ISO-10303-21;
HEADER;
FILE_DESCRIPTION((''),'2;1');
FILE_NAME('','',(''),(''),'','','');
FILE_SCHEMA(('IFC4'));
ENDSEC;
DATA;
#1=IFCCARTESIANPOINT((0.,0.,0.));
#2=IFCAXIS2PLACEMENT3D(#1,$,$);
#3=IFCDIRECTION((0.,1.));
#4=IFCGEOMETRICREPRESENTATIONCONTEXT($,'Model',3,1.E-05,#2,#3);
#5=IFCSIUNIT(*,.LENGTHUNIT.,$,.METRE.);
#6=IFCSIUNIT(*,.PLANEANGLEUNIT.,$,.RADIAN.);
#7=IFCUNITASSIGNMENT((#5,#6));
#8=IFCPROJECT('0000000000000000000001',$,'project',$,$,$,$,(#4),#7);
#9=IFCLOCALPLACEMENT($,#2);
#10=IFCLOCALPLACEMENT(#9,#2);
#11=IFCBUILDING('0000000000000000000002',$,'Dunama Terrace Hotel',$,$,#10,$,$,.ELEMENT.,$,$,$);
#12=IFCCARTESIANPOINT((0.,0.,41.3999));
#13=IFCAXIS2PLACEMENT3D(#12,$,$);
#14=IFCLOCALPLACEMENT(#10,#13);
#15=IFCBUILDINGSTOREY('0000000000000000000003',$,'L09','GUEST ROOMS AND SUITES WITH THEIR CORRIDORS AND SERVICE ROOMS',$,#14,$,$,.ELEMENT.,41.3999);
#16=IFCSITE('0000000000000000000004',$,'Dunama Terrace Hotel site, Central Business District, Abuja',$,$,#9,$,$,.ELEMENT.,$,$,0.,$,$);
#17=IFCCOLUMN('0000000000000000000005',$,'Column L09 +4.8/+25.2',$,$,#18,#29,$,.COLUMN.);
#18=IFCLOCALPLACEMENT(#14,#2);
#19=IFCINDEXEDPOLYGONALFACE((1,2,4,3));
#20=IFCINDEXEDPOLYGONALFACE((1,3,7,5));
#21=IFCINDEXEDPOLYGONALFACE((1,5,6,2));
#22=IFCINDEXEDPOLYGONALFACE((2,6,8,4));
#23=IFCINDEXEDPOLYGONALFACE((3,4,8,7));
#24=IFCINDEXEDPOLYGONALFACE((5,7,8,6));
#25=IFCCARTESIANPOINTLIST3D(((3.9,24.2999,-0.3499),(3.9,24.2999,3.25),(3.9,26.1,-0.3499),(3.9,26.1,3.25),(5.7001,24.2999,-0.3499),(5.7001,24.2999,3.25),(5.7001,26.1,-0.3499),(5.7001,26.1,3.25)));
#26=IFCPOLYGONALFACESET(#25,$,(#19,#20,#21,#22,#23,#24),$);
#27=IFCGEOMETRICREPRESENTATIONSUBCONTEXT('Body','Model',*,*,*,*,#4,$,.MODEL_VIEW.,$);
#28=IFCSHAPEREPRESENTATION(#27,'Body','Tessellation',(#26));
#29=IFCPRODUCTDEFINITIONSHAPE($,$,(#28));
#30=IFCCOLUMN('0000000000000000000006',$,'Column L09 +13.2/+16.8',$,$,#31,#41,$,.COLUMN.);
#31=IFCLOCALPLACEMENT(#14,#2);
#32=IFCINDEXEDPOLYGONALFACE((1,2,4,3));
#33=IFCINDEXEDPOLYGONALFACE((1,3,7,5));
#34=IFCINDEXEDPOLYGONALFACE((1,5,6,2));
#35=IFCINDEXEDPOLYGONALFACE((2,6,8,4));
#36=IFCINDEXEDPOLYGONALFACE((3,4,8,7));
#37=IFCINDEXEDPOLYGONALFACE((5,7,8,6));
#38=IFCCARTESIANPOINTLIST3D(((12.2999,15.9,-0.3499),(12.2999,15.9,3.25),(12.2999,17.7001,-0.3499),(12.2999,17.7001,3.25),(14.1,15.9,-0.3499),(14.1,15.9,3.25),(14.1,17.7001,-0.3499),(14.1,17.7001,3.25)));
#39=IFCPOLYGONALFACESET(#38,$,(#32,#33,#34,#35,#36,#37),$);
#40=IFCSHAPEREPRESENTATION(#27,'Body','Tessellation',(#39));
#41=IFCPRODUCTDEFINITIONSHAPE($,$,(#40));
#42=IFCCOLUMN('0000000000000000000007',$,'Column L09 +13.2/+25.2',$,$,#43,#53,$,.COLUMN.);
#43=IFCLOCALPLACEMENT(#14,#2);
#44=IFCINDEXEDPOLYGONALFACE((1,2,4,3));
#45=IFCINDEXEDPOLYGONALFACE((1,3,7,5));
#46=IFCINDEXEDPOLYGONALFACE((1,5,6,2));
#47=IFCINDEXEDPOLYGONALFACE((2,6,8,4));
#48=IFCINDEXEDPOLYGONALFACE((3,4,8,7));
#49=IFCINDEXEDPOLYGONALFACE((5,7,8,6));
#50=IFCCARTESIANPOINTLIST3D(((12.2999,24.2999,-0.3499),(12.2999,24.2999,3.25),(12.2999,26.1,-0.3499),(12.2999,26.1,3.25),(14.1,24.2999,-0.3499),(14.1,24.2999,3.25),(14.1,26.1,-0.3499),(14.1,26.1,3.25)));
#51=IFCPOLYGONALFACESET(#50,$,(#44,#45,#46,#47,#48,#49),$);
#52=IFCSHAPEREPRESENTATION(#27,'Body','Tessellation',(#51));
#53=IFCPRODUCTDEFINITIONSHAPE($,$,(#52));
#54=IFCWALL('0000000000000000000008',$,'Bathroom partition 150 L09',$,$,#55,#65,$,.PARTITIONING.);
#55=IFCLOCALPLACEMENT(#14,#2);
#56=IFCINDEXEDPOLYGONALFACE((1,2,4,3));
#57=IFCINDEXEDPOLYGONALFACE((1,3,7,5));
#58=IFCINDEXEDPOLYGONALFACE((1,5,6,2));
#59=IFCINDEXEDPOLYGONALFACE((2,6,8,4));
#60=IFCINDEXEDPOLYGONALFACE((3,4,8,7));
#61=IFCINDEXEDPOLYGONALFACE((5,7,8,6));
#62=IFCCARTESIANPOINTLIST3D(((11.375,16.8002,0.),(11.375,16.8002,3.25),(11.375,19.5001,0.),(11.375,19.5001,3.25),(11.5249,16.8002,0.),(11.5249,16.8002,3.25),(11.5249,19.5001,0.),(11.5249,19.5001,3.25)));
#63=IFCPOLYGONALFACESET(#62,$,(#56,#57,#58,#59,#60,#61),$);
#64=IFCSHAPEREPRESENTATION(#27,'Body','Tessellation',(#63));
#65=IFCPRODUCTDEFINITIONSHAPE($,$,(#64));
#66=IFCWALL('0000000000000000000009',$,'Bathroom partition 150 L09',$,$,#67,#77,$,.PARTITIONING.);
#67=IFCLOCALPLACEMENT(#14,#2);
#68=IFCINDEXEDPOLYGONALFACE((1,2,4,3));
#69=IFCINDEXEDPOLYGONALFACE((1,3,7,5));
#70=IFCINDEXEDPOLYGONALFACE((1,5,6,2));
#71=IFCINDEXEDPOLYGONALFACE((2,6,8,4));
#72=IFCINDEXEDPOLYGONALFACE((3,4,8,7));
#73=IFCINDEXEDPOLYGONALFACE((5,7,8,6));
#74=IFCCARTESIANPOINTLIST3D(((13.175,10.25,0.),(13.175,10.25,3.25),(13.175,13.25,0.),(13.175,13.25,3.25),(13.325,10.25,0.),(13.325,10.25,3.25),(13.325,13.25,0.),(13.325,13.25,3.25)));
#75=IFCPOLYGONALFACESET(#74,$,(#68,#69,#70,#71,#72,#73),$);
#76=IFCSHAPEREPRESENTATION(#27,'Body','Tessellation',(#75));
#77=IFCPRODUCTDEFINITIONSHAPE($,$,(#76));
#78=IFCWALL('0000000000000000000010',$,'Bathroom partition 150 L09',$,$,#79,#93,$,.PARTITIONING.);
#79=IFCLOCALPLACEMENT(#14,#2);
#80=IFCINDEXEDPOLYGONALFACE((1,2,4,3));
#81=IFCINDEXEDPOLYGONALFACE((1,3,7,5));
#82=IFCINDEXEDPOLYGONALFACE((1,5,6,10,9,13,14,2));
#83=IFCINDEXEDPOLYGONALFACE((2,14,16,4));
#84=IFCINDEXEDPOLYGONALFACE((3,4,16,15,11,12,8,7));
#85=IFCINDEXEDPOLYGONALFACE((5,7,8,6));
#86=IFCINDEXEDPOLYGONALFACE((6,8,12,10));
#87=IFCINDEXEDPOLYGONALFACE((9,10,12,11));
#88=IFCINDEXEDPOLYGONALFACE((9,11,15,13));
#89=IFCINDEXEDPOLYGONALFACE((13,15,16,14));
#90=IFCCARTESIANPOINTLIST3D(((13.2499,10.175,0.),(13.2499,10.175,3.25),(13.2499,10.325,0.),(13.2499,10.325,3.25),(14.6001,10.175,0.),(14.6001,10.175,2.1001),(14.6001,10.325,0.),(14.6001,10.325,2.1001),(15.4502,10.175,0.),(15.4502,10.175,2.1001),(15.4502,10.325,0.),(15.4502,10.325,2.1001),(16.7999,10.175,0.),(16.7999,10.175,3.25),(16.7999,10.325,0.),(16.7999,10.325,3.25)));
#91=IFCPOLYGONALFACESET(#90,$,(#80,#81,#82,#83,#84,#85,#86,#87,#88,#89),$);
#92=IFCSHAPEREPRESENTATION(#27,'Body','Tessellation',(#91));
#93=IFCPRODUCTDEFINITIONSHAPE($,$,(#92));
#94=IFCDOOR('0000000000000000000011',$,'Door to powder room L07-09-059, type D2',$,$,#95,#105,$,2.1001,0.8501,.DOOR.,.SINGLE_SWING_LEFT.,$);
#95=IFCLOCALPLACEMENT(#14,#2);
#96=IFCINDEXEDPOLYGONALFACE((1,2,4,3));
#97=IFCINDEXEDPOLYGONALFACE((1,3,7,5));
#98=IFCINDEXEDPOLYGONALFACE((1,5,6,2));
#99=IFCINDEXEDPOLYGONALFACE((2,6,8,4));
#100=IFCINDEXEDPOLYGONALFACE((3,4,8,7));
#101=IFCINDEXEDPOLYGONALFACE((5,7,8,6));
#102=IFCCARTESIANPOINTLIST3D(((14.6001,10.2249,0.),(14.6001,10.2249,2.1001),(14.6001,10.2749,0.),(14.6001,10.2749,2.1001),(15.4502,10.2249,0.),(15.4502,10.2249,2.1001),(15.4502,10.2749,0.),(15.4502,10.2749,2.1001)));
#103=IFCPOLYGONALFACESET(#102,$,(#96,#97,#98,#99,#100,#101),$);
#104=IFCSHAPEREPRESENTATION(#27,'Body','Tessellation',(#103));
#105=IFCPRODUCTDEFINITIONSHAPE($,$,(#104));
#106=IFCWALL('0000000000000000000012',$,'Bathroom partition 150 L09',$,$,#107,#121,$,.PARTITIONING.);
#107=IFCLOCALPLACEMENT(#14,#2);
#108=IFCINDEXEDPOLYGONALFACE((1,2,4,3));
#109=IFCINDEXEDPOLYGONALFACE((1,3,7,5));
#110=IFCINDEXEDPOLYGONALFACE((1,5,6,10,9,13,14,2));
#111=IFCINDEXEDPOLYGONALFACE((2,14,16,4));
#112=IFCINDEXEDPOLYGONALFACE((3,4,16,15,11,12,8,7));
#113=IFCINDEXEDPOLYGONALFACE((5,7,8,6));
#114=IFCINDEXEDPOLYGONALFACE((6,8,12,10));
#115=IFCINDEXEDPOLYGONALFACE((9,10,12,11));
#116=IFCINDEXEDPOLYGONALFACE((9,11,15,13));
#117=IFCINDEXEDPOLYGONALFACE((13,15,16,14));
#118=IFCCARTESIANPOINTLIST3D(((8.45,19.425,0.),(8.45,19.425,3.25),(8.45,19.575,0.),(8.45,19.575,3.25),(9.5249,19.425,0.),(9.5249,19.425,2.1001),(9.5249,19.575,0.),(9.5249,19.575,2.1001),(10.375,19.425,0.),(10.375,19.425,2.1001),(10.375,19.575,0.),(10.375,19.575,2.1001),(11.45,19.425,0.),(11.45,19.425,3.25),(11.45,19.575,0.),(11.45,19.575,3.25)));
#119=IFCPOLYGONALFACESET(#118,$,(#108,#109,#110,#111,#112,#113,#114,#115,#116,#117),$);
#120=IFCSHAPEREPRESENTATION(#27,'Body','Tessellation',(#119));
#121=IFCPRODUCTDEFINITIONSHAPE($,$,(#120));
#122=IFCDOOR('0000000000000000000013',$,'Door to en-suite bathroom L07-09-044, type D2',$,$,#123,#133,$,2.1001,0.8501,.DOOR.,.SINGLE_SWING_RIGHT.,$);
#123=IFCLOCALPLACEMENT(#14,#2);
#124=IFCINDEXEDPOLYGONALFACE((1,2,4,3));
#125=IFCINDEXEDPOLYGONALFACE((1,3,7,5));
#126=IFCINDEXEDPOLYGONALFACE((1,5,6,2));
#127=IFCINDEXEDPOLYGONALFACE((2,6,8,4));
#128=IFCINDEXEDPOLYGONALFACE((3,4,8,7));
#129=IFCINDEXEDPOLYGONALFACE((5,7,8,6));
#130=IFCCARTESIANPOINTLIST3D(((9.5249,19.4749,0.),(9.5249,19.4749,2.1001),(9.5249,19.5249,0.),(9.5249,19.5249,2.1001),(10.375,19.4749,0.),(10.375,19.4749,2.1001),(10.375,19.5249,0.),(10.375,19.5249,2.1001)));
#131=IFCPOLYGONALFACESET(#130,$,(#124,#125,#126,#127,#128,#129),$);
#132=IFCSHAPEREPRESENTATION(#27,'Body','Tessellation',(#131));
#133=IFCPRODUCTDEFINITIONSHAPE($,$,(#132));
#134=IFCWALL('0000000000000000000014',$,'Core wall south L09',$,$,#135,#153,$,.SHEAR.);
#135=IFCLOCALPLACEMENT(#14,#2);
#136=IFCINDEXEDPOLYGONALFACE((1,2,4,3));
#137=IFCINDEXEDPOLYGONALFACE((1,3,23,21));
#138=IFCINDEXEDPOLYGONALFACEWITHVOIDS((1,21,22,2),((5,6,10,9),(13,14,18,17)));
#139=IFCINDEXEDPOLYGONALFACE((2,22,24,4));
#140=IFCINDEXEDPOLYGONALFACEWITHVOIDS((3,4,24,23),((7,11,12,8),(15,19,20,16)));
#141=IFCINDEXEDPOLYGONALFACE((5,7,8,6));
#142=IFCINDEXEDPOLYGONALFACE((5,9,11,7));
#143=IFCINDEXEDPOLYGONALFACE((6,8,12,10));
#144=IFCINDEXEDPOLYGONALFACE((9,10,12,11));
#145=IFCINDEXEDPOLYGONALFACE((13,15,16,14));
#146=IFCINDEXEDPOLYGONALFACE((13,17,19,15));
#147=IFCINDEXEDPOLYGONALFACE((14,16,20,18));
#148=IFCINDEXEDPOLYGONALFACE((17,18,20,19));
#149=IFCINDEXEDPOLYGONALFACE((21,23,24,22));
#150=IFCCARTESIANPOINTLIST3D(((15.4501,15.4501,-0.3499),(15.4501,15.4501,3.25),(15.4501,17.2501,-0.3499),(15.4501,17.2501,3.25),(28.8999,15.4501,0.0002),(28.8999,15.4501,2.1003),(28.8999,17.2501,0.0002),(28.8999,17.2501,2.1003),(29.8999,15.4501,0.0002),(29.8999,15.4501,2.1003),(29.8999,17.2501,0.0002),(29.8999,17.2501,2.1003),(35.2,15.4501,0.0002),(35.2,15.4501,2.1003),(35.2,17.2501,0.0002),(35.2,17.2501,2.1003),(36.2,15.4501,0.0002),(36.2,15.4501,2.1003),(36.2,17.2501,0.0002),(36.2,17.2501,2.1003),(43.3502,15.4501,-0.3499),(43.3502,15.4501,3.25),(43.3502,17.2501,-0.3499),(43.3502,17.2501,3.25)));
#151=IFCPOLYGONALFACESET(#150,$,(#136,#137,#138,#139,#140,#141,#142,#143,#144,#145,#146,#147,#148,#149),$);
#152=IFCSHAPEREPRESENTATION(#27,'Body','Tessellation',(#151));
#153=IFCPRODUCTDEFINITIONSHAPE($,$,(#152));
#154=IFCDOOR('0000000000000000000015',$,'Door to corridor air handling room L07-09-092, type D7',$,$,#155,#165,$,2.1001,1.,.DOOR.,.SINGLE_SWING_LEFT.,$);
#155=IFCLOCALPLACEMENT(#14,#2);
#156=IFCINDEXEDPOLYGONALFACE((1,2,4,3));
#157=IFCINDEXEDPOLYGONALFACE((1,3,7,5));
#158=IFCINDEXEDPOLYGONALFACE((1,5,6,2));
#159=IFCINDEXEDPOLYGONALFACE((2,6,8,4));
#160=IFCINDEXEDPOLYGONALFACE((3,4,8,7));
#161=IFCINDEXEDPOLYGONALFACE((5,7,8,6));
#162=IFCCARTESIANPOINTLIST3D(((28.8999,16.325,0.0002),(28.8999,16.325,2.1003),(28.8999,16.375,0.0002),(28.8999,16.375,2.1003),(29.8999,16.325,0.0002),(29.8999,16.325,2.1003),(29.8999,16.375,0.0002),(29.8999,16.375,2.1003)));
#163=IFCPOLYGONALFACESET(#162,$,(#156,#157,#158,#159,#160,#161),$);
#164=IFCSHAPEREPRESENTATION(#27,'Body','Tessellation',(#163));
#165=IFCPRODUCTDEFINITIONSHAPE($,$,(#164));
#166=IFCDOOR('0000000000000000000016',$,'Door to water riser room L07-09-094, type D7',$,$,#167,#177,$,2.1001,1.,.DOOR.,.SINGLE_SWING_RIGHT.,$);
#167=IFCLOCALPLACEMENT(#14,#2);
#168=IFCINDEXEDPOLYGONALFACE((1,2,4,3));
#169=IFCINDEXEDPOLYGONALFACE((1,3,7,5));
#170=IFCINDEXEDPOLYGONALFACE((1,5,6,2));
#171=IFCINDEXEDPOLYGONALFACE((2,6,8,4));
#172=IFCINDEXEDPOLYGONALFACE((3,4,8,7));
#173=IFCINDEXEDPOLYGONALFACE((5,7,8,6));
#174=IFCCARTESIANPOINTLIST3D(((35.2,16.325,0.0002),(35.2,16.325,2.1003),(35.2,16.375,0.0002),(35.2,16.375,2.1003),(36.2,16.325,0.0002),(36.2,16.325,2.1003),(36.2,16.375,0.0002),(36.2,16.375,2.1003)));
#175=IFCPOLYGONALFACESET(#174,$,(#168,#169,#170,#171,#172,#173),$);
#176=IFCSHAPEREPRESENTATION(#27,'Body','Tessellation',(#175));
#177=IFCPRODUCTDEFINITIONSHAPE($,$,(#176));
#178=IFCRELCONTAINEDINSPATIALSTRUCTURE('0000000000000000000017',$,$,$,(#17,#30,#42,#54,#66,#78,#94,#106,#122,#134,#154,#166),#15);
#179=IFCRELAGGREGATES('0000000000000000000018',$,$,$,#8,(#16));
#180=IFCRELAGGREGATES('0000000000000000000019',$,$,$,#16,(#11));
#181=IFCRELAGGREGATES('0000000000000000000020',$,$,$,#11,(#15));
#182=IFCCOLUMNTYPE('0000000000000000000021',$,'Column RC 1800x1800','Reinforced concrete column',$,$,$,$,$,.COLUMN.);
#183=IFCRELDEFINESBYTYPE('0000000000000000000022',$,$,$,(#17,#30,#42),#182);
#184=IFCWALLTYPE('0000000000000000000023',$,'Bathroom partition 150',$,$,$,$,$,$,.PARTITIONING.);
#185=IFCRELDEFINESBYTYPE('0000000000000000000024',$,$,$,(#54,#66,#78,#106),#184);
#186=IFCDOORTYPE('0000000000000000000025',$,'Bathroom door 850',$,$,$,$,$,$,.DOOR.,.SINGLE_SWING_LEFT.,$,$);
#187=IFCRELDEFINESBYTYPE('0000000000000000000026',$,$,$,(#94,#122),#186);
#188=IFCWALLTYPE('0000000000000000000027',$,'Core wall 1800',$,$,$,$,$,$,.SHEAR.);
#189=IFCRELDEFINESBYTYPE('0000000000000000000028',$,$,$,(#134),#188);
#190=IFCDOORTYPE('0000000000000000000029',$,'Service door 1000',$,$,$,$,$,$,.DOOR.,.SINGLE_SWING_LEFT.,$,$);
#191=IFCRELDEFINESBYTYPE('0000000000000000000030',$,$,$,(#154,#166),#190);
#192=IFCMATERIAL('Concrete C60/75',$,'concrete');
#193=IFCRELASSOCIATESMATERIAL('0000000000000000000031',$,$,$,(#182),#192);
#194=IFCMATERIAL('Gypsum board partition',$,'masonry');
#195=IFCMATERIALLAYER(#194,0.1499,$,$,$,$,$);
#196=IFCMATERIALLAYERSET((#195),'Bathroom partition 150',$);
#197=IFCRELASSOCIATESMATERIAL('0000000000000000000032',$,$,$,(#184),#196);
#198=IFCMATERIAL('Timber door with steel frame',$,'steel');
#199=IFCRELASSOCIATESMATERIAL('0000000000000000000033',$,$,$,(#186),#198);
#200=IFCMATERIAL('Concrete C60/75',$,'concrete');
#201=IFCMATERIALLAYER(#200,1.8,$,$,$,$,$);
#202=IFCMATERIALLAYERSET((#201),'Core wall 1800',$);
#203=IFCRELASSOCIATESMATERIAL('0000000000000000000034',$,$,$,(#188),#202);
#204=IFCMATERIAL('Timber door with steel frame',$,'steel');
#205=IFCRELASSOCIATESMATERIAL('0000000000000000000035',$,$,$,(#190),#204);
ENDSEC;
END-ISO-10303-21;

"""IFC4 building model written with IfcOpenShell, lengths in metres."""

from ifc_helpers import new_model, si_unit, direction, frame, frame_2d, origin, origin_2d, place, context, subcontext, project, spatial, rectangle, extrude, material, layer, layer_set, material_profile, profile_set, type_object, element, fill, save


model = new_model("IFC4")

# Units and contexts
model_context = context("Model", 3, precision=1e-05, world=origin(), true_north=direction((0.0, 1.0)))
body_context = subcontext(model_context, "Body", "Model", "MODEL_VIEW")
ifc_project = project(units=[si_unit("LENGTHUNIT", "METRE"), si_unit("PLANEANGLEUNIT", "RADIAN")], contexts=[model_context])

# Site, building, storey
site_placement = place(None, origin())
site = spatial("IfcSite", under=ifc_project, at=site_placement, Name="Dunama Terrace Hotel site, Central Business District, Abuja", CompositionType="ELEMENT", RefElevation=0.0)
building_placement = place(site_placement, origin())
building = spatial("IfcBuilding", under=site, at=building_placement, Name="Dunama Terrace Hotel", CompositionType="ELEMENT")
storey_placement = place(building_placement, frame((0.0, 0.0, 41.3999)))
storey = spatial("IfcBuildingStorey", under=building, at=storey_placement, Name="L09", Description="GUEST ROOMS AND SUITES WITH THEIR CORRIDORS AND SERVICE ROOMS", CompositionType="ELEMENT", Elevation=41.3999)

# Columns
ifc_material_1 = material(Name="Concrete C60/75", Category="concrete")
ifc_material_profile = material_profile(ifc_material_1, rectangle(XDim=1.8, YDim=1.8, at=origin_2d()), Name="RC 1800x1800")
ifc_profile_set = profile_set([ifc_material_profile], Name="Concrete C60/75")
column_type = type_object("IfcColumnType", Name="Column RC 1800x1800", Description="Reinforced concrete column", PredefinedType="COLUMN", material=ifc_profile_set)
for number, where, z_axis, x_axis, name in (
    (1, (4.8, 25.2, -0.3499), (0.0, 0.0, 1.0), (1.0, 0.0, 0.0), "Column L09 +4.8/+25.2"),
    (2, (13.2, 16.8, -0.3499), (0.0, 0.0, 1.0), (1.0, 0.0, 0.0), "Column L09 +13.2/+16.8"),
    (3, (13.2, 25.2, -0.3499), (0.0, 0.0, 1.0), (1.0, 0.0, 0.0), "Column L09 +13.2/+25.2"),
):
    element("IfcColumn", number, at=place(storey_placement, frame(where, z_axis=z_axis, x_axis=x_axis)), inside=storey, type_object=column_type, Name=name, PredefinedType="COLUMN", context=body_context, shape_type="SweptSolid", body=[
        extrude(rectangle(XDim=1.8, YDim=1.8, at=origin_2d()), origin(), (0.0, 0.0, 1.0), 3.5999),
    ])

# Walls
ifc_material_2 = material(Name="Gypsum board partition", Category="masonry")
ifc_layer_1 = layer(ifc_material_2, 0.1499)
ifc_layer_set_1 = layer_set([ifc_layer_1], Name="Bathroom partition 150")
wall_type_1 = type_object("IfcWallType", Name="Bathroom partition 150", PredefinedType="PARTITIONING", material=ifc_layer_set_1)
wall_1_placement = place(storey_placement, frame((11.45, 16.8, 0.0), z_axis=(0.0, 0.0, 1.0), x_axis=(0.0, 1.0, 0.0)))
element("IfcWall", 4, at=wall_1_placement, inside=storey, type_object=wall_type_1, Name="Bathroom partition 150 L09", PredefinedType="PARTITIONING", context=body_context, shape_type="SweptSolid", body=[
    extrude(rectangle(XDim=2.7, YDim=0.1499, at=frame_2d((1.3501, 0.0))), origin(), (0.0, 0.0, 1.0), 3.25),
])
wall_2_placement = place(storey_placement, frame((13.25, 10.25, 0.0), z_axis=(0.0, 0.0, 1.0), x_axis=(0.0, 1.0, 0.0)))
element("IfcWall", 5, at=wall_2_placement, inside=storey, type_object=wall_type_1, Name="Bathroom partition 150 L09", PredefinedType="PARTITIONING", context=body_context, shape_type="SweptSolid", body=[
    extrude(rectangle(XDim=3.0, YDim=0.1499, at=frame_2d((1.5, 0.0))), origin(), (0.0, 0.0, 1.0), 3.25),
])

# Walls, openings, doors
wall_3_placement = place(storey_placement, frame((13.25, 10.25, 0.0), z_axis=(0.0, 0.0, 1.0), x_axis=(1.0, 0.0, 0.0)))
wall_3 = element("IfcWall", 6, at=wall_3_placement, inside=storey, type_object=wall_type_1, Name="Bathroom partition 150 L09", PredefinedType="PARTITIONING", context=body_context, shape_type="SweptSolid", body=[
    extrude(rectangle(XDim=3.55, YDim=0.1499, at=frame_2d((1.7749, 0.0))), origin(), (0.0, 0.0, 1.0), 3.25),
])
opening_1_placement = place(wall_3_placement, frame((1.3501, 0.0, 0.0)))
opening_1 = element("IfcOpeningElement", 7, at=opening_1_placement, cuts=wall_3, PredefinedType="OPENING", context=body_context, shape_type="SweptSolid", body=[
    extrude(rectangle(XDim=0.8501, YDim=2.1001, at=frame_2d((0.425, 1.05))), frame((0.0, 0.085, 0.0), z_axis=(0.0, -1.0, 0.0), x_axis=(1.0, 0.0, 0.0)), (0.0, 0.0, 1.0), 0.1699),
])
ifc_material_3 = material(Name="Timber door with steel frame", Category="steel")
door_type_1 = type_object("IfcDoorType", Name="Bathroom door 850", OperationType="SINGLE_SWING_LEFT", PredefinedType="DOOR", material=ifc_material_3)
door_1_placement = place(opening_1_placement, origin())
door_1 = element("IfcDoor", 8, at=door_1_placement, inside=storey, type_object=door_type_1, Name="Door to powder room L07-09-059, type D2", OperationType="SINGLE_SWING_LEFT", OverallHeight=2.1001, OverallWidth=0.8501, PredefinedType="DOOR", context=body_context, shape_type="SweptSolid", body=[
    extrude(rectangle(XDim=0.8501, YDim=2.1001, at=frame_2d((0.425, 1.05))), frame((0.0, 0.0249, 0.0), z_axis=(0.0, -1.0, 0.0), x_axis=(1.0, 0.0, 0.0)), (0.0, 0.0, 1.0), 0.05),
])
fill(opening_1, door_1)
wall_4_placement = place(storey_placement, frame((8.45, 19.5, 0.0), z_axis=(0.0, 0.0, 1.0), x_axis=(1.0, 0.0, 0.0)))
wall_4 = element("IfcWall", 9, at=wall_4_placement, inside=storey, type_object=wall_type_1, Name="Bathroom partition 150 L09", PredefinedType="PARTITIONING", context=body_context, shape_type="SweptSolid", body=[
    extrude(rectangle(XDim=3.0, YDim=0.1499, at=frame_2d((1.5, 0.0))), origin(), (0.0, 0.0, 1.0), 3.25),
])
opening_2_placement = place(wall_4_placement, frame((1.075, 0.0, 0.0)))
opening_2 = element("IfcOpeningElement", 10, at=opening_2_placement, cuts=wall_4, PredefinedType="OPENING", context=body_context, shape_type="SweptSolid", body=[
    extrude(rectangle(XDim=0.8501, YDim=2.1001, at=frame_2d((0.425, 1.05))), frame((0.0, 0.085, 0.0), z_axis=(0.0, -1.0, 0.0), x_axis=(1.0, 0.0, 0.0)), (0.0, 0.0, 1.0), 0.1699),
])
door_2_placement = place(opening_2_placement, frame((0.8501, 0.0, 0.0), z_axis=(0.0, 0.0, 1.0), x_axis=(-1.0, 0.0, 0.0)))
door_2 = element("IfcDoor", 11, at=door_2_placement, inside=storey, type_object=door_type_1, Name="Door to en-suite bathroom L07-09-044, type D2", OperationType="SINGLE_SWING_RIGHT", OverallHeight=2.1001, OverallWidth=0.8501, PredefinedType="DOOR", context=body_context, shape_type="SweptSolid", body=[
    extrude(rectangle(XDim=0.8501, YDim=2.1001, at=frame_2d((0.425, 1.05))), frame((0.0, 0.0251, 0.0), z_axis=(0.0, -1.0, 0.0), x_axis=(1.0, 0.0, 0.0)), (0.0, 0.0, 1.0), 0.05),
])
fill(opening_2, door_2)

# Wall, openings, doors
ifc_material_4 = material(Name="Concrete C60/75", Category="concrete")
ifc_layer_2 = layer(ifc_material_4, 1.8)
ifc_layer_set_2 = layer_set([ifc_layer_2], Name="Core wall 1800")
wall_type_2 = type_object("IfcWallType", Name="Core wall 1800", PredefinedType="SHEAR", material=ifc_layer_set_2)
wall_5_placement = place(storey_placement, frame((15.45, 16.3501, -0.3499), z_axis=(0.0, 0.0, 1.0), x_axis=(1.0, 0.0, 0.0)))
wall_5 = element("IfcWall", 12, at=wall_5_placement, inside=storey, type_object=wall_type_2, Name="Core wall south L09", PredefinedType="SHEAR", context=body_context, shape_type="SweptSolid", body=[
    extrude(rectangle(XDim=27.9001, YDim=1.8, at=frame_2d((13.9502, 0.0))), origin(), (0.0, 0.0, 1.0), 3.5999),
])
opening_3_placement = place(wall_5_placement, frame((13.45, 0.0, 0.3501)))
opening_3 = element("IfcOpeningElement", 13, at=opening_3_placement, cuts=wall_5, PredefinedType="OPENING", context=body_context, shape_type="SweptSolid", body=[
    extrude(rectangle(XDim=1.0, YDim=2.1001, at=frame_2d((0.5, 1.05))), frame((0.0, 0.9099, 0.0), z_axis=(0.0, -1.0, 0.0), x_axis=(1.0, 0.0, 0.0)), (0.0, 0.0, 1.0), 1.8201),
])
opening_4_placement = place(wall_5_placement, frame((19.75, 0.0, 0.3501)))
opening_4 = element("IfcOpeningElement", 14, at=opening_4_placement, cuts=wall_5, PredefinedType="OPENING", context=body_context, shape_type="SweptSolid", body=[
    extrude(rectangle(XDim=1.0, YDim=2.1001, at=frame_2d((0.5, 1.05))), frame((0.0, 0.9099, 0.0), z_axis=(0.0, -1.0, 0.0), x_axis=(1.0, 0.0, 0.0)), (0.0, 0.0, 1.0), 1.8201),
])
ifc_material_5 = material(Name="Timber door with steel frame", Category="steel")
door_type_2 = type_object("IfcDoorType", Name="Service door 1000", OperationType="SINGLE_SWING_LEFT", PredefinedType="DOOR", material=ifc_material_5)
door_3_placement = place(opening_3_placement, origin())
door_3 = element("IfcDoor", 15, at=door_3_placement, inside=storey, type_object=door_type_2, Name="Door to corridor air handling room L07-09-092, type D7", OperationType="SINGLE_SWING_LEFT", OverallHeight=2.1001, OverallWidth=1.0, PredefinedType="DOOR", context=body_context, shape_type="SweptSolid", body=[
    extrude(rectangle(XDim=1.0, YDim=2.1001, at=frame_2d((0.5, 1.05))), frame((0.0, 0.0249, 0.0), z_axis=(0.0, -1.0, 0.0), x_axis=(1.0, 0.0, 0.0)), (0.0, 0.0, 1.0), 0.05),
])
fill(opening_3, door_3)
door_4_placement = place(opening_4_placement, origin())
door_4 = element("IfcDoor", 16, at=door_4_placement, inside=storey, type_object=door_type_2, Name="Door to water riser room L07-09-094, type D7", OperationType="SINGLE_SWING_RIGHT", OverallHeight=2.1001, OverallWidth=1.0, PredefinedType="DOOR", context=body_context, shape_type="SweptSolid", body=[
    extrude(rectangle(XDim=1.0, YDim=2.1001, at=frame_2d((0.5, 1.05))), frame((0.0, 0.0249, 0.0), z_axis=(0.0, -1.0, 0.0), x_axis=(1.0, 0.0, 0.0)), (0.0, 0.0, 1.0), 0.05),
])
fill(opening_4, door_4)

save(model, "model.ifc")
